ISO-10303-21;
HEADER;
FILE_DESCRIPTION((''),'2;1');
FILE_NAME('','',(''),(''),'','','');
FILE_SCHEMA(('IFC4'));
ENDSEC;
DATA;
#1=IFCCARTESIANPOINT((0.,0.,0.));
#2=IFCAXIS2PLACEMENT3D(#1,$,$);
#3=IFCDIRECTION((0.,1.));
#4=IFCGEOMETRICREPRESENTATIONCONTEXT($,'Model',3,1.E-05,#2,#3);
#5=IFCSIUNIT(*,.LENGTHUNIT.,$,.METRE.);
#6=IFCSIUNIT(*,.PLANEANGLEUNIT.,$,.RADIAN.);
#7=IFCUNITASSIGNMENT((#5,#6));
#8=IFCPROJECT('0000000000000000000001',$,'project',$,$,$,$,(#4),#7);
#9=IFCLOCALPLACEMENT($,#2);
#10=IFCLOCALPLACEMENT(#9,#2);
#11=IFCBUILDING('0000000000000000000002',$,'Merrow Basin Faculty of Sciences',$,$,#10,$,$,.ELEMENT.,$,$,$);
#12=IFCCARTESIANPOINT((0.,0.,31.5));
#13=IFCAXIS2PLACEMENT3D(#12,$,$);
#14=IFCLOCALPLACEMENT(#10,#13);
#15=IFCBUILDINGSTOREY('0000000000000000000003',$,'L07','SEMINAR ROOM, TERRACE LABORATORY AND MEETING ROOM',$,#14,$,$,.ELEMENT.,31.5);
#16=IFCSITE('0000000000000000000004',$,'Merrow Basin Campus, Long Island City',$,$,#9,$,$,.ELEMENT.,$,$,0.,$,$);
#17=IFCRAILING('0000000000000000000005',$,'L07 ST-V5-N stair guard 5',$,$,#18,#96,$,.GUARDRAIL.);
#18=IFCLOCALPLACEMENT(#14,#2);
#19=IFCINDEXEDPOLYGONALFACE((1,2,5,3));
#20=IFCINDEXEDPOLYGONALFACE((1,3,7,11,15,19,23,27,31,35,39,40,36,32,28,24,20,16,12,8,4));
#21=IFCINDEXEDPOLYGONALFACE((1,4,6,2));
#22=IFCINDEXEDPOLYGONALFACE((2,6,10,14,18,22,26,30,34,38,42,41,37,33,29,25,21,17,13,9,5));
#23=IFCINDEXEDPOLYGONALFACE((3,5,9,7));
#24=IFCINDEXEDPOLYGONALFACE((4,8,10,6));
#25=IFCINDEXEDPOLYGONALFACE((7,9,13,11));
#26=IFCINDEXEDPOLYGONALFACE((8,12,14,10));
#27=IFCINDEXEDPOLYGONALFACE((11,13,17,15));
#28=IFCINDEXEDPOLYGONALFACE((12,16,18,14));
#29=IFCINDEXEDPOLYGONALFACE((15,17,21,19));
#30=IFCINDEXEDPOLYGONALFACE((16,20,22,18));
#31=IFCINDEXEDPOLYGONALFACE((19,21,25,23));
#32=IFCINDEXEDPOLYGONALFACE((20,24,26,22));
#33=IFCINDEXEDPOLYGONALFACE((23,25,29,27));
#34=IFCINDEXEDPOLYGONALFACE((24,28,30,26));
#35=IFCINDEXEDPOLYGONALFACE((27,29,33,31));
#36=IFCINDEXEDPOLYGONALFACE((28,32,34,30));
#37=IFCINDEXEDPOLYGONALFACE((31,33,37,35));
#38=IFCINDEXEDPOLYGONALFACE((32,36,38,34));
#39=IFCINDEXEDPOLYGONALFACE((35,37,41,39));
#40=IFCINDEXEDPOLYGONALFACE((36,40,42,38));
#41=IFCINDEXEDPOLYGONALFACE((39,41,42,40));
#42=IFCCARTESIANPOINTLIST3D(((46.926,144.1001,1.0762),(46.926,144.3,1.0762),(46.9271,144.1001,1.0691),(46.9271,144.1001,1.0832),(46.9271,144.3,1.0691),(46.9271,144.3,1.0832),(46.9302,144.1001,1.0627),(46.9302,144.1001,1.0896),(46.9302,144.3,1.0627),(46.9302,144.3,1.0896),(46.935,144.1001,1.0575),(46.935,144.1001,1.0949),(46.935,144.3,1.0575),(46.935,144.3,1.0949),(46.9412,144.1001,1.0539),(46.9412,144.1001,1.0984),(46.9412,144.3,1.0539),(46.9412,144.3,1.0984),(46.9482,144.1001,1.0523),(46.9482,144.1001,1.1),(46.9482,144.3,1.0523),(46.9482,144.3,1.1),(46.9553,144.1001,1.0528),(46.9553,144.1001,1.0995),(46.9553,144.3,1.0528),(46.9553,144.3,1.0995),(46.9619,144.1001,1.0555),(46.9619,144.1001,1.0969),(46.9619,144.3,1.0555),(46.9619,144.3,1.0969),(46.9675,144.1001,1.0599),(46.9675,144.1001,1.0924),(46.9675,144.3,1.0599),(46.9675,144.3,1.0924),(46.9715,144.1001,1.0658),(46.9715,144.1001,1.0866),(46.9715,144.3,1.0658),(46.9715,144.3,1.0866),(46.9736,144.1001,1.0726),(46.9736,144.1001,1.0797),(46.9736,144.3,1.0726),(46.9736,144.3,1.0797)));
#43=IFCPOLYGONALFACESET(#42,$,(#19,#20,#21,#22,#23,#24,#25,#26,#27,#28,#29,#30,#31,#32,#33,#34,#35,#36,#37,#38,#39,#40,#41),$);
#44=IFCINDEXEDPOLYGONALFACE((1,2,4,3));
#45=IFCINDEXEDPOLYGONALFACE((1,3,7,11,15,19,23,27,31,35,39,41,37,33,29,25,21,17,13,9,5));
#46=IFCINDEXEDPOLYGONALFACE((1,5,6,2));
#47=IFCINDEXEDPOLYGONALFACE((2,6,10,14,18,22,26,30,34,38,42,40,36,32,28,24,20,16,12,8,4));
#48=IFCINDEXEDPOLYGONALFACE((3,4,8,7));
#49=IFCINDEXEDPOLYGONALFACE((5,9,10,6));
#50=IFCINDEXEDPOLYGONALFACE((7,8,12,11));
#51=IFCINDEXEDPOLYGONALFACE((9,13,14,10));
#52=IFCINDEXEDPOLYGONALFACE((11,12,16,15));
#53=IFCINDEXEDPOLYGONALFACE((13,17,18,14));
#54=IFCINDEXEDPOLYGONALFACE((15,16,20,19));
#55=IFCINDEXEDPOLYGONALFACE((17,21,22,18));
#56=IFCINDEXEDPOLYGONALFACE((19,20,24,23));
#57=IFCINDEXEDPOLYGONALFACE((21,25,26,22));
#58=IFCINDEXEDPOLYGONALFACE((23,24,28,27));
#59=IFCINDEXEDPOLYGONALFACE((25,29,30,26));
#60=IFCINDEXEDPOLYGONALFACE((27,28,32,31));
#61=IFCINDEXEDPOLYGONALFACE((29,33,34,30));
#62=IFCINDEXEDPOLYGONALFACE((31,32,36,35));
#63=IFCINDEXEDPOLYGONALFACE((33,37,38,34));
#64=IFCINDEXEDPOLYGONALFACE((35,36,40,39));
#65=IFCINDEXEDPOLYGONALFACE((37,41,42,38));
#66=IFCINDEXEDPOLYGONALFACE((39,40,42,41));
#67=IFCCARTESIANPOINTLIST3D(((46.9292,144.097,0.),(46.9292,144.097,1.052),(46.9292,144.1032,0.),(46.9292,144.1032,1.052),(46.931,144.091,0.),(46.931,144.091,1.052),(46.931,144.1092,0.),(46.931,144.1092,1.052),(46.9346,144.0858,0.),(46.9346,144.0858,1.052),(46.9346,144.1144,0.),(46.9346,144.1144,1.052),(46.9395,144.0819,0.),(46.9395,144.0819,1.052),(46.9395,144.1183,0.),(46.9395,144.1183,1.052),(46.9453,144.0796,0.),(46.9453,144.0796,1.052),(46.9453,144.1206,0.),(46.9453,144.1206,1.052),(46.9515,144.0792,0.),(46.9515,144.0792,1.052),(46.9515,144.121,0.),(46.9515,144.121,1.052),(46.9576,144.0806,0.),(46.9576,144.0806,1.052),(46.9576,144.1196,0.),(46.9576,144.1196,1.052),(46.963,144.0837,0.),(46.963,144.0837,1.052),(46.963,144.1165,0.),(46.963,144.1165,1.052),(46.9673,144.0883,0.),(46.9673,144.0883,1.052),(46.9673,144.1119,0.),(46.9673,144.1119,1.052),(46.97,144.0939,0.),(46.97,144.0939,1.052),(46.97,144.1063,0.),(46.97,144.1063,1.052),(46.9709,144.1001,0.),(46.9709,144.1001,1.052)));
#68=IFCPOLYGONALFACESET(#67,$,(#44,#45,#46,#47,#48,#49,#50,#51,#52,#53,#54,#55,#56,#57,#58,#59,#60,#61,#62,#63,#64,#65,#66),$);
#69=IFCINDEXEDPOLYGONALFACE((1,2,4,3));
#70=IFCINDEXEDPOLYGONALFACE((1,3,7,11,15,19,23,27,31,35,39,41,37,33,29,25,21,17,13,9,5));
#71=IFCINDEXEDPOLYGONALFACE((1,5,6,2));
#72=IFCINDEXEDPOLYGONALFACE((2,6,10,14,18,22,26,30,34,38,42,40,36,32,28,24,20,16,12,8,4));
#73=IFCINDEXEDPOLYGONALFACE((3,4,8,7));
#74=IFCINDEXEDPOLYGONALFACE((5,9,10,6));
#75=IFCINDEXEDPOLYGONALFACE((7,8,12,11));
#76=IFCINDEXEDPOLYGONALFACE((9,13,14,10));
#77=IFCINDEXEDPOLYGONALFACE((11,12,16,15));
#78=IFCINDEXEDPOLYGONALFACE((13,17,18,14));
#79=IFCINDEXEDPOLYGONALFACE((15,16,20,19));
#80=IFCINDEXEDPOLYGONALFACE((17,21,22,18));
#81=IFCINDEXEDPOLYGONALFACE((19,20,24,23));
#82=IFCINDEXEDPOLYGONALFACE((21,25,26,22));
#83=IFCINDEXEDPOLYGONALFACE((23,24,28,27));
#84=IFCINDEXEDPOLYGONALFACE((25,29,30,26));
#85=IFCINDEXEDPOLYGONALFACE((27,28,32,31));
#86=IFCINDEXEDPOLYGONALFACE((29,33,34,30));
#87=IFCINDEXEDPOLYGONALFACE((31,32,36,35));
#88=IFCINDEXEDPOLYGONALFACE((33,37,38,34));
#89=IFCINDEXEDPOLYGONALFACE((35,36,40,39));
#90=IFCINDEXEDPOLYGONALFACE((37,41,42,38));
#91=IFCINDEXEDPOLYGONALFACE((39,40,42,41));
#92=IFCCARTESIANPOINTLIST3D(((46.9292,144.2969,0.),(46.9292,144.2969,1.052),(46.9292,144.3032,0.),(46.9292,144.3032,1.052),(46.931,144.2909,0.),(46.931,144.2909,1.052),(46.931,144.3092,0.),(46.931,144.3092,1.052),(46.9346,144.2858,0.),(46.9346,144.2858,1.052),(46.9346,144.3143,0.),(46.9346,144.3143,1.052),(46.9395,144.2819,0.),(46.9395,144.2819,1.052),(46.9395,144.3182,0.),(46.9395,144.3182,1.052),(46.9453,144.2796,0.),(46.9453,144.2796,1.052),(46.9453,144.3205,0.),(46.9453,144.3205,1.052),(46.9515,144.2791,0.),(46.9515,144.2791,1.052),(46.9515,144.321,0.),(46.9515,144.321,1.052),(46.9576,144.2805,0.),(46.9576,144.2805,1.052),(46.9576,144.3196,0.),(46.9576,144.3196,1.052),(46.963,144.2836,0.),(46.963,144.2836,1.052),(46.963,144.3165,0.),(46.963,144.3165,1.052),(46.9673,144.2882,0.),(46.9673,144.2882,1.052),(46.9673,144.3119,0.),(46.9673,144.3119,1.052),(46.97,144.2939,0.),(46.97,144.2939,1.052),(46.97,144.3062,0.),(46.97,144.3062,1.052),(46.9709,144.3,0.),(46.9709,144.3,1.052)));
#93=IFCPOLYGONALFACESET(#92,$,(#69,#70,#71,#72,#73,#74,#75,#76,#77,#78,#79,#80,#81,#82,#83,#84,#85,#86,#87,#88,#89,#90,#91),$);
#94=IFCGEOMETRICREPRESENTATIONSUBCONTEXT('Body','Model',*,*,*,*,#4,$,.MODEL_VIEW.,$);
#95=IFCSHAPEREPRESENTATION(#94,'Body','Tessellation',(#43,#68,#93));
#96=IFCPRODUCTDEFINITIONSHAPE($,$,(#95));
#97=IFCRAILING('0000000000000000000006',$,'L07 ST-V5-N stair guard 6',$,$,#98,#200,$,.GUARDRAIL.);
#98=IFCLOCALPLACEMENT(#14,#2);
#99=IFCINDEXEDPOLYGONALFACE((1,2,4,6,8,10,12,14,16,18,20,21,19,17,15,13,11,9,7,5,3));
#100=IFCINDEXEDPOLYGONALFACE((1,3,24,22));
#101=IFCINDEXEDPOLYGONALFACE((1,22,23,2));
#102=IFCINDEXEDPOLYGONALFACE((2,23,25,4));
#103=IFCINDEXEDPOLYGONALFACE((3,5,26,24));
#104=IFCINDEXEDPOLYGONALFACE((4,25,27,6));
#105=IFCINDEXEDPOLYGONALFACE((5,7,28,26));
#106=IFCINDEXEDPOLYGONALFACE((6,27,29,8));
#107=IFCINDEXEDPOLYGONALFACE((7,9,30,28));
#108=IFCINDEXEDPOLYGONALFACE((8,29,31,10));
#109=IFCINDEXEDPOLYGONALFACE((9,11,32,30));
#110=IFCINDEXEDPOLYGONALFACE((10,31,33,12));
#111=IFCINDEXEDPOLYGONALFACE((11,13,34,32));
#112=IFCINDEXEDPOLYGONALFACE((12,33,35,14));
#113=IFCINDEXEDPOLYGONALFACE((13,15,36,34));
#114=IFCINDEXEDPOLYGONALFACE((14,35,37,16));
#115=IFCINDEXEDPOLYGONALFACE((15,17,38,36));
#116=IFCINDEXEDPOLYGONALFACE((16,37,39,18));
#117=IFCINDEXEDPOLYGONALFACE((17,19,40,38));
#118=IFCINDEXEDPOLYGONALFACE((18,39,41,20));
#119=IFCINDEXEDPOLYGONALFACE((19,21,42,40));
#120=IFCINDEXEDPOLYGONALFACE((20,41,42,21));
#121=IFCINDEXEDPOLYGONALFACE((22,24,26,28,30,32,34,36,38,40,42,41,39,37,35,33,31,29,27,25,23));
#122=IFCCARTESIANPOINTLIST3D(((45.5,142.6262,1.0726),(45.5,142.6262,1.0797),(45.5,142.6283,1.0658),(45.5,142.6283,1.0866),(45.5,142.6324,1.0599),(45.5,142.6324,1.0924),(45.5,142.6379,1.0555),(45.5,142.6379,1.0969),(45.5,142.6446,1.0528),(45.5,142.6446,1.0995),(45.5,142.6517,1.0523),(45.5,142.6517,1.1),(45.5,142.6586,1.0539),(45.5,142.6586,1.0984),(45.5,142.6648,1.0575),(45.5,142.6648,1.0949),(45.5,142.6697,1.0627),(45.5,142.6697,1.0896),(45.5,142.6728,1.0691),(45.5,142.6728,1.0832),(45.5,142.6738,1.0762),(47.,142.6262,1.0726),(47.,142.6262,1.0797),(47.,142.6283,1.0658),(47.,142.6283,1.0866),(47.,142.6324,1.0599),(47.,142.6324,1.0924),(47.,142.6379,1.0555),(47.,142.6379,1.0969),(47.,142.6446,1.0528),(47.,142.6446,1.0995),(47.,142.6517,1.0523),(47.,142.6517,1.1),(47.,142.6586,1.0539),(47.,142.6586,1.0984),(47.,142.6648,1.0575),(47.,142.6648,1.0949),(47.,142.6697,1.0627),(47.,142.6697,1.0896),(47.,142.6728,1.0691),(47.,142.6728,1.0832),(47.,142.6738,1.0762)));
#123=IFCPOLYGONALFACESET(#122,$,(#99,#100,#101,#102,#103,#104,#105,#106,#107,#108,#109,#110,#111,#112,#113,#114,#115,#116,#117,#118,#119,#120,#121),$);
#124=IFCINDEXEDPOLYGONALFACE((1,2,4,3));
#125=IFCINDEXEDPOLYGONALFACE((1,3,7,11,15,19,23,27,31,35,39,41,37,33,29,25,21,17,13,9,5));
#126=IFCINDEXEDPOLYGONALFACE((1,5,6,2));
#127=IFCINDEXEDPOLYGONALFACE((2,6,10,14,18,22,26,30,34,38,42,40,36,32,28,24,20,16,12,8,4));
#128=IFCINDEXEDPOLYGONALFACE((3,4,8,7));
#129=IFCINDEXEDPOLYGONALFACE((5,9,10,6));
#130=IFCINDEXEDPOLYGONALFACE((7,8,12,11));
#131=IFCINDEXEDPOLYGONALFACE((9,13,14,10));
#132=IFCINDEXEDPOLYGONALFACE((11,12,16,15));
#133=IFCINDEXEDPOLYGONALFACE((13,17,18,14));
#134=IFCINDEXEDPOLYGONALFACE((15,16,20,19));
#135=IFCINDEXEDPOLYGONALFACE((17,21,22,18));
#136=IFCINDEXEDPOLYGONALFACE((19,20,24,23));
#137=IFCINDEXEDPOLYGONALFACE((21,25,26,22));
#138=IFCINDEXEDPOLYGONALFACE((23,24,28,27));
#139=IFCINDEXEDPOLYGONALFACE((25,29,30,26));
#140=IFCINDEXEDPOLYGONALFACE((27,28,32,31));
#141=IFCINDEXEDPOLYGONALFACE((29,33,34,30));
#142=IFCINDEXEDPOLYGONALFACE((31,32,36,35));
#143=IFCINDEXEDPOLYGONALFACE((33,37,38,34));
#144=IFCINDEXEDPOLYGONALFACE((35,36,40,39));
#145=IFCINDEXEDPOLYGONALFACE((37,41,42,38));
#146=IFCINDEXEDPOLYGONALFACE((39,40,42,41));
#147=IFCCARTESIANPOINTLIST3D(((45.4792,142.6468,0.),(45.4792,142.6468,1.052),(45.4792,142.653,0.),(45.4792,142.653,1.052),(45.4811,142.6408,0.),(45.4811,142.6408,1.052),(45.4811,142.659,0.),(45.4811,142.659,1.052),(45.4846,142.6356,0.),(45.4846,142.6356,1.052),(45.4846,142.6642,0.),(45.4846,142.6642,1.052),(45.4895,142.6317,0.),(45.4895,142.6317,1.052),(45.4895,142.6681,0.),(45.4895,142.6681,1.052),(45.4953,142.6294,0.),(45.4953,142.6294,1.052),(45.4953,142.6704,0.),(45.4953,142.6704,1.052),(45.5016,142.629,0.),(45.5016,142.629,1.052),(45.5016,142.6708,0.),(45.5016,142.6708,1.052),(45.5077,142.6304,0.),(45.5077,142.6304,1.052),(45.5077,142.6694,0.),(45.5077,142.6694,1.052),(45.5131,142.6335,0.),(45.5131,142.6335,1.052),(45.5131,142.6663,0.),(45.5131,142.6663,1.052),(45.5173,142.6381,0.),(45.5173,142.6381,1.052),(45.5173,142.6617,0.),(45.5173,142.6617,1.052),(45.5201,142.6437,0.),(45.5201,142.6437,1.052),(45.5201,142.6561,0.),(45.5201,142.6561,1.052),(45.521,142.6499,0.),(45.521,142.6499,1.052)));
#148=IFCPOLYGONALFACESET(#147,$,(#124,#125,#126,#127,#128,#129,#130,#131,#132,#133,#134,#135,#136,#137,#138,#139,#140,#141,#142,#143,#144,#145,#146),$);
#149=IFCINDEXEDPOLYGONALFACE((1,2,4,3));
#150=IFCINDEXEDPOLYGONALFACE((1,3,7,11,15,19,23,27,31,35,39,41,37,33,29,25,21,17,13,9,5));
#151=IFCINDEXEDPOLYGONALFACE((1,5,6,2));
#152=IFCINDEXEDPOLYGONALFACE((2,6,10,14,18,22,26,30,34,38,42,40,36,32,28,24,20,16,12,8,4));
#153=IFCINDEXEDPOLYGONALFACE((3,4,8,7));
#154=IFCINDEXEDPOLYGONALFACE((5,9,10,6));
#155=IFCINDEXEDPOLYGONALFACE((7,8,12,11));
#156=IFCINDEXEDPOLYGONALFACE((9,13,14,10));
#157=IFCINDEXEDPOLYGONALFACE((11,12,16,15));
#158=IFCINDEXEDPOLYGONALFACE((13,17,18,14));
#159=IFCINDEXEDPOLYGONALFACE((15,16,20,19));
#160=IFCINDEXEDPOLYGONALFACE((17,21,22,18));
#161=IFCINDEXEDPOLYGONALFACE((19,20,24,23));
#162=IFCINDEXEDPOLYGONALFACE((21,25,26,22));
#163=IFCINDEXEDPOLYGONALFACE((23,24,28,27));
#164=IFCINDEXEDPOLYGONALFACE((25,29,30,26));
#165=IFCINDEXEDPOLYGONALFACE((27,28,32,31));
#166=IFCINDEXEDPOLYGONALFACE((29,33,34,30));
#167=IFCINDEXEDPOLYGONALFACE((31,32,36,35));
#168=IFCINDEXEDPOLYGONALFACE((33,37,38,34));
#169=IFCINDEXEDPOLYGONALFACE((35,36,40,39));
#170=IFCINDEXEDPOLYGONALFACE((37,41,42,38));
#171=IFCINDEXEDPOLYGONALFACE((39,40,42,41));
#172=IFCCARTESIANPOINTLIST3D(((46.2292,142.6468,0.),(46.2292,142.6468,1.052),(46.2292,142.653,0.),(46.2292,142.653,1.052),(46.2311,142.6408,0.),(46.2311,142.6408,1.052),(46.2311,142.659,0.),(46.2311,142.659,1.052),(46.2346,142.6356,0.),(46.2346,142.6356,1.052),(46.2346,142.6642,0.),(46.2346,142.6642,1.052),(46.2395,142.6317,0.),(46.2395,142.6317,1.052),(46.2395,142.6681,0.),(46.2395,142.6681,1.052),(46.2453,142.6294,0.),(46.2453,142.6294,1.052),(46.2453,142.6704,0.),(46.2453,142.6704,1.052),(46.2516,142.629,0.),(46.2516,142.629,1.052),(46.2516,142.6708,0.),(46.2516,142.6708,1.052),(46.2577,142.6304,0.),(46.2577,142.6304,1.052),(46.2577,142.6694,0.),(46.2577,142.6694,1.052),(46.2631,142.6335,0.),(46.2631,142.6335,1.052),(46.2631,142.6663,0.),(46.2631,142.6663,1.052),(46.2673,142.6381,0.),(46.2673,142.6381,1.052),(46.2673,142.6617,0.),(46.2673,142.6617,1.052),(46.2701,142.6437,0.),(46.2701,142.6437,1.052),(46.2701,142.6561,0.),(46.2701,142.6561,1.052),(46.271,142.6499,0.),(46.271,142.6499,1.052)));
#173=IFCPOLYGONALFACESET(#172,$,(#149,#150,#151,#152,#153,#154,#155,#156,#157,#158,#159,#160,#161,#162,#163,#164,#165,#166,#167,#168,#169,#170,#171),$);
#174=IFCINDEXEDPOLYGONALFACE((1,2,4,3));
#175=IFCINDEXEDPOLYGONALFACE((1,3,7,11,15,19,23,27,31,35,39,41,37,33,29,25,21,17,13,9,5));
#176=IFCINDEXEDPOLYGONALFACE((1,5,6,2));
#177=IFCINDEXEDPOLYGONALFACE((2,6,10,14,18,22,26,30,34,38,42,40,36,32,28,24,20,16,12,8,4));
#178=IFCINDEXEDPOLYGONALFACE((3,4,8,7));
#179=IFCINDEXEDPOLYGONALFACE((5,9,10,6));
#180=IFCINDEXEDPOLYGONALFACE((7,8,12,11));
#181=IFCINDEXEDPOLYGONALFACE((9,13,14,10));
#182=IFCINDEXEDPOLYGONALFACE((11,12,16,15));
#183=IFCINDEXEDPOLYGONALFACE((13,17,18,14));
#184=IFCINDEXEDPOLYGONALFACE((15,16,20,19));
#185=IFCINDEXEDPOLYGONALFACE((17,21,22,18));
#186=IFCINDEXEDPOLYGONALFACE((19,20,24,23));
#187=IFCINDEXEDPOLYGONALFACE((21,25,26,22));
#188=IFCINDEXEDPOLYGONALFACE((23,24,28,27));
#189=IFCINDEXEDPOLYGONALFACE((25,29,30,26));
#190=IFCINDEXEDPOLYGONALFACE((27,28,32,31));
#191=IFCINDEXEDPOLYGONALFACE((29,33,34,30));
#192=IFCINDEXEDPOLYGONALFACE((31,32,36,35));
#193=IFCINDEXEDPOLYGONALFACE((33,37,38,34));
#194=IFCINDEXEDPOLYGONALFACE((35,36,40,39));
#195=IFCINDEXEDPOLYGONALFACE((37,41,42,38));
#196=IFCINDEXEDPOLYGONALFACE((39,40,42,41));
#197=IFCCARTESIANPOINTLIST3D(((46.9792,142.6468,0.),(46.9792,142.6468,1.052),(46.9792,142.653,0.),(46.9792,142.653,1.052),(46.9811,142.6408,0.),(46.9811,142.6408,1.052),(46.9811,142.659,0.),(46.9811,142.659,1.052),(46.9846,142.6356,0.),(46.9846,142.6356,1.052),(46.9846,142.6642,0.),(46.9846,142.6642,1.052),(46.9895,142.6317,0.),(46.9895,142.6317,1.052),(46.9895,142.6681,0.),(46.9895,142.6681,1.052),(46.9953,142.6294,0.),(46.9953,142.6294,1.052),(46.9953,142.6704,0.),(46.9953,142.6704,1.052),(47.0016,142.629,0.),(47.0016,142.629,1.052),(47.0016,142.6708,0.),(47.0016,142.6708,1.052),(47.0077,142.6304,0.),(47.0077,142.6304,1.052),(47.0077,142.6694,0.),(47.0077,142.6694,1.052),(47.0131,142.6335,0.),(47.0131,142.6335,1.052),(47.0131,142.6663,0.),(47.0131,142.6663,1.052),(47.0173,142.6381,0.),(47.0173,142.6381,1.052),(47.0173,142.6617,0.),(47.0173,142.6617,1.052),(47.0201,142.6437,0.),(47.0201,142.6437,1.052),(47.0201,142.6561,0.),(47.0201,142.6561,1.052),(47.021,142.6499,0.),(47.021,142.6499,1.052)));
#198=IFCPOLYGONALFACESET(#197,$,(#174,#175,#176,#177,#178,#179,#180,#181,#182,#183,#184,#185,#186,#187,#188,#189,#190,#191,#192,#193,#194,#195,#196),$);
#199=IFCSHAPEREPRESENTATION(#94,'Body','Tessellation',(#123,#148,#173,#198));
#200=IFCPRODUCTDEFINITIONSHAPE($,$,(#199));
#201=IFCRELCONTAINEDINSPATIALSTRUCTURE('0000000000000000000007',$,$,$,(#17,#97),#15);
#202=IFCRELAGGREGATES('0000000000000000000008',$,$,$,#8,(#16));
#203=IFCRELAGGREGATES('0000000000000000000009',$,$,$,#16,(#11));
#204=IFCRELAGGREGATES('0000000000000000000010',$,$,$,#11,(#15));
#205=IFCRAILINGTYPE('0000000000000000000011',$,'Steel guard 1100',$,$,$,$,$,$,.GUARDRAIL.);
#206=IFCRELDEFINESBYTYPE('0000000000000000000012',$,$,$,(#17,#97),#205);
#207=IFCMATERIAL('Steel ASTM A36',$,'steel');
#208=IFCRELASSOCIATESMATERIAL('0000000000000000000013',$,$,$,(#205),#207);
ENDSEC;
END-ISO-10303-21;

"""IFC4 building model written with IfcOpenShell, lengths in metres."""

from ifc_helpers import new_model, si_unit, direction, frame, origin, origin_2d, place, context, subcontext, project, spatial, circle, extrude, material, type_object, element, save


model = new_model("IFC4")

# Units and contexts
model_context = context("Model", 3, precision=1e-05, world=origin(), true_north=direction((0.0, 1.0)))
body_context = subcontext(model_context, "Body", "Model", "MODEL_VIEW")
ifc_project = project(units=[si_unit("LENGTHUNIT", "METRE"), si_unit("PLANEANGLEUNIT", "RADIAN")], contexts=[model_context])

# Site, building, storey
site_placement = place(None, origin())
site = spatial("IfcSite", under=ifc_project, at=site_placement, Name="Merrow Basin Campus, Long Island City", CompositionType="ELEMENT", RefElevation=0.0)
building_placement = place(site_placement, origin())
building = spatial("IfcBuilding", under=site, at=building_placement, Name="Merrow Basin Faculty of Sciences", CompositionType="ELEMENT")
storey_placement = place(building_placement, frame((0.0, 0.0, 31.5)))
storey = spatial("IfcBuildingStorey", under=building, at=storey_placement, Name="L07", Description="SEMINAR ROOM, TERRACE LABORATORY AND MEETING ROOM", CompositionType="ELEMENT", Elevation=31.5)

# Railings
ifc_material_1 = material(Name="Steel ASTM A36", Category="steel")
railing_type_1 = type_object("IfcRailingType", Name="Steel guard 1100", PredefinedType="GUARDRAIL", material=ifc_material_1)
railing_1_placement = place(storey_placement, frame((46.95, 144.1001, 0.0)))
element("IfcRailing", 1, at=railing_1_placement, inside=storey, type_object=railing_type_1, Name="L07 ST-V5-N stair guard 5", PredefinedType="GUARDRAIL", context=body_context, shape_type="SweptSolid", body=[
    extrude(circle(Radius=0.0239, at=origin_2d()), frame((0.0, 0.0, 1.0762), z_axis=(0.0, 1.0, 0.0), x_axis=(-1.0, 0.0, 0.0)), (0.0, 0.0, 1.0), 0.2),
    extrude(circle(Radius=0.021, at=origin_2d()), origin(), (0.0, 0.0, 1.0), 1.052),
    extrude(circle(Radius=0.021, at=origin_2d()), frame((0.0, 0.2, 0.0)), (0.0, 0.0, 1.0), 1.052),
])
railing_2_placement = place(storey_placement, frame((45.5, 142.6499, 0.0)))
element("IfcRailing", 2, at=railing_2_placement, inside=storey, type_object=railing_type_1, Name="L07 ST-V5-N stair guard 6", PredefinedType="GUARDRAIL", context=body_context, shape_type="SweptSolid", body=[
    extrude(circle(Radius=0.0239, at=origin_2d()), frame((0.0, 0.0, 1.0762), z_axis=(1.0, 0.0, 0.0), x_axis=(0.0, 1.0, 0.0)), (0.0, 0.0, 1.0), 1.5),
    extrude(circle(Radius=0.021, at=origin_2d()), origin(), (0.0, 0.0, 1.0), 1.052),
    extrude(circle(Radius=0.021, at=origin_2d()), frame((0.75, 0.0, 0.0)), (0.0, 0.0, 1.0), 1.052),
    extrude(circle(Radius=0.021, at=origin_2d()), frame((1.5, 0.0, 0.0)), (0.0, 0.0, 1.0), 1.052),
])

save(model, "model.ifc")
